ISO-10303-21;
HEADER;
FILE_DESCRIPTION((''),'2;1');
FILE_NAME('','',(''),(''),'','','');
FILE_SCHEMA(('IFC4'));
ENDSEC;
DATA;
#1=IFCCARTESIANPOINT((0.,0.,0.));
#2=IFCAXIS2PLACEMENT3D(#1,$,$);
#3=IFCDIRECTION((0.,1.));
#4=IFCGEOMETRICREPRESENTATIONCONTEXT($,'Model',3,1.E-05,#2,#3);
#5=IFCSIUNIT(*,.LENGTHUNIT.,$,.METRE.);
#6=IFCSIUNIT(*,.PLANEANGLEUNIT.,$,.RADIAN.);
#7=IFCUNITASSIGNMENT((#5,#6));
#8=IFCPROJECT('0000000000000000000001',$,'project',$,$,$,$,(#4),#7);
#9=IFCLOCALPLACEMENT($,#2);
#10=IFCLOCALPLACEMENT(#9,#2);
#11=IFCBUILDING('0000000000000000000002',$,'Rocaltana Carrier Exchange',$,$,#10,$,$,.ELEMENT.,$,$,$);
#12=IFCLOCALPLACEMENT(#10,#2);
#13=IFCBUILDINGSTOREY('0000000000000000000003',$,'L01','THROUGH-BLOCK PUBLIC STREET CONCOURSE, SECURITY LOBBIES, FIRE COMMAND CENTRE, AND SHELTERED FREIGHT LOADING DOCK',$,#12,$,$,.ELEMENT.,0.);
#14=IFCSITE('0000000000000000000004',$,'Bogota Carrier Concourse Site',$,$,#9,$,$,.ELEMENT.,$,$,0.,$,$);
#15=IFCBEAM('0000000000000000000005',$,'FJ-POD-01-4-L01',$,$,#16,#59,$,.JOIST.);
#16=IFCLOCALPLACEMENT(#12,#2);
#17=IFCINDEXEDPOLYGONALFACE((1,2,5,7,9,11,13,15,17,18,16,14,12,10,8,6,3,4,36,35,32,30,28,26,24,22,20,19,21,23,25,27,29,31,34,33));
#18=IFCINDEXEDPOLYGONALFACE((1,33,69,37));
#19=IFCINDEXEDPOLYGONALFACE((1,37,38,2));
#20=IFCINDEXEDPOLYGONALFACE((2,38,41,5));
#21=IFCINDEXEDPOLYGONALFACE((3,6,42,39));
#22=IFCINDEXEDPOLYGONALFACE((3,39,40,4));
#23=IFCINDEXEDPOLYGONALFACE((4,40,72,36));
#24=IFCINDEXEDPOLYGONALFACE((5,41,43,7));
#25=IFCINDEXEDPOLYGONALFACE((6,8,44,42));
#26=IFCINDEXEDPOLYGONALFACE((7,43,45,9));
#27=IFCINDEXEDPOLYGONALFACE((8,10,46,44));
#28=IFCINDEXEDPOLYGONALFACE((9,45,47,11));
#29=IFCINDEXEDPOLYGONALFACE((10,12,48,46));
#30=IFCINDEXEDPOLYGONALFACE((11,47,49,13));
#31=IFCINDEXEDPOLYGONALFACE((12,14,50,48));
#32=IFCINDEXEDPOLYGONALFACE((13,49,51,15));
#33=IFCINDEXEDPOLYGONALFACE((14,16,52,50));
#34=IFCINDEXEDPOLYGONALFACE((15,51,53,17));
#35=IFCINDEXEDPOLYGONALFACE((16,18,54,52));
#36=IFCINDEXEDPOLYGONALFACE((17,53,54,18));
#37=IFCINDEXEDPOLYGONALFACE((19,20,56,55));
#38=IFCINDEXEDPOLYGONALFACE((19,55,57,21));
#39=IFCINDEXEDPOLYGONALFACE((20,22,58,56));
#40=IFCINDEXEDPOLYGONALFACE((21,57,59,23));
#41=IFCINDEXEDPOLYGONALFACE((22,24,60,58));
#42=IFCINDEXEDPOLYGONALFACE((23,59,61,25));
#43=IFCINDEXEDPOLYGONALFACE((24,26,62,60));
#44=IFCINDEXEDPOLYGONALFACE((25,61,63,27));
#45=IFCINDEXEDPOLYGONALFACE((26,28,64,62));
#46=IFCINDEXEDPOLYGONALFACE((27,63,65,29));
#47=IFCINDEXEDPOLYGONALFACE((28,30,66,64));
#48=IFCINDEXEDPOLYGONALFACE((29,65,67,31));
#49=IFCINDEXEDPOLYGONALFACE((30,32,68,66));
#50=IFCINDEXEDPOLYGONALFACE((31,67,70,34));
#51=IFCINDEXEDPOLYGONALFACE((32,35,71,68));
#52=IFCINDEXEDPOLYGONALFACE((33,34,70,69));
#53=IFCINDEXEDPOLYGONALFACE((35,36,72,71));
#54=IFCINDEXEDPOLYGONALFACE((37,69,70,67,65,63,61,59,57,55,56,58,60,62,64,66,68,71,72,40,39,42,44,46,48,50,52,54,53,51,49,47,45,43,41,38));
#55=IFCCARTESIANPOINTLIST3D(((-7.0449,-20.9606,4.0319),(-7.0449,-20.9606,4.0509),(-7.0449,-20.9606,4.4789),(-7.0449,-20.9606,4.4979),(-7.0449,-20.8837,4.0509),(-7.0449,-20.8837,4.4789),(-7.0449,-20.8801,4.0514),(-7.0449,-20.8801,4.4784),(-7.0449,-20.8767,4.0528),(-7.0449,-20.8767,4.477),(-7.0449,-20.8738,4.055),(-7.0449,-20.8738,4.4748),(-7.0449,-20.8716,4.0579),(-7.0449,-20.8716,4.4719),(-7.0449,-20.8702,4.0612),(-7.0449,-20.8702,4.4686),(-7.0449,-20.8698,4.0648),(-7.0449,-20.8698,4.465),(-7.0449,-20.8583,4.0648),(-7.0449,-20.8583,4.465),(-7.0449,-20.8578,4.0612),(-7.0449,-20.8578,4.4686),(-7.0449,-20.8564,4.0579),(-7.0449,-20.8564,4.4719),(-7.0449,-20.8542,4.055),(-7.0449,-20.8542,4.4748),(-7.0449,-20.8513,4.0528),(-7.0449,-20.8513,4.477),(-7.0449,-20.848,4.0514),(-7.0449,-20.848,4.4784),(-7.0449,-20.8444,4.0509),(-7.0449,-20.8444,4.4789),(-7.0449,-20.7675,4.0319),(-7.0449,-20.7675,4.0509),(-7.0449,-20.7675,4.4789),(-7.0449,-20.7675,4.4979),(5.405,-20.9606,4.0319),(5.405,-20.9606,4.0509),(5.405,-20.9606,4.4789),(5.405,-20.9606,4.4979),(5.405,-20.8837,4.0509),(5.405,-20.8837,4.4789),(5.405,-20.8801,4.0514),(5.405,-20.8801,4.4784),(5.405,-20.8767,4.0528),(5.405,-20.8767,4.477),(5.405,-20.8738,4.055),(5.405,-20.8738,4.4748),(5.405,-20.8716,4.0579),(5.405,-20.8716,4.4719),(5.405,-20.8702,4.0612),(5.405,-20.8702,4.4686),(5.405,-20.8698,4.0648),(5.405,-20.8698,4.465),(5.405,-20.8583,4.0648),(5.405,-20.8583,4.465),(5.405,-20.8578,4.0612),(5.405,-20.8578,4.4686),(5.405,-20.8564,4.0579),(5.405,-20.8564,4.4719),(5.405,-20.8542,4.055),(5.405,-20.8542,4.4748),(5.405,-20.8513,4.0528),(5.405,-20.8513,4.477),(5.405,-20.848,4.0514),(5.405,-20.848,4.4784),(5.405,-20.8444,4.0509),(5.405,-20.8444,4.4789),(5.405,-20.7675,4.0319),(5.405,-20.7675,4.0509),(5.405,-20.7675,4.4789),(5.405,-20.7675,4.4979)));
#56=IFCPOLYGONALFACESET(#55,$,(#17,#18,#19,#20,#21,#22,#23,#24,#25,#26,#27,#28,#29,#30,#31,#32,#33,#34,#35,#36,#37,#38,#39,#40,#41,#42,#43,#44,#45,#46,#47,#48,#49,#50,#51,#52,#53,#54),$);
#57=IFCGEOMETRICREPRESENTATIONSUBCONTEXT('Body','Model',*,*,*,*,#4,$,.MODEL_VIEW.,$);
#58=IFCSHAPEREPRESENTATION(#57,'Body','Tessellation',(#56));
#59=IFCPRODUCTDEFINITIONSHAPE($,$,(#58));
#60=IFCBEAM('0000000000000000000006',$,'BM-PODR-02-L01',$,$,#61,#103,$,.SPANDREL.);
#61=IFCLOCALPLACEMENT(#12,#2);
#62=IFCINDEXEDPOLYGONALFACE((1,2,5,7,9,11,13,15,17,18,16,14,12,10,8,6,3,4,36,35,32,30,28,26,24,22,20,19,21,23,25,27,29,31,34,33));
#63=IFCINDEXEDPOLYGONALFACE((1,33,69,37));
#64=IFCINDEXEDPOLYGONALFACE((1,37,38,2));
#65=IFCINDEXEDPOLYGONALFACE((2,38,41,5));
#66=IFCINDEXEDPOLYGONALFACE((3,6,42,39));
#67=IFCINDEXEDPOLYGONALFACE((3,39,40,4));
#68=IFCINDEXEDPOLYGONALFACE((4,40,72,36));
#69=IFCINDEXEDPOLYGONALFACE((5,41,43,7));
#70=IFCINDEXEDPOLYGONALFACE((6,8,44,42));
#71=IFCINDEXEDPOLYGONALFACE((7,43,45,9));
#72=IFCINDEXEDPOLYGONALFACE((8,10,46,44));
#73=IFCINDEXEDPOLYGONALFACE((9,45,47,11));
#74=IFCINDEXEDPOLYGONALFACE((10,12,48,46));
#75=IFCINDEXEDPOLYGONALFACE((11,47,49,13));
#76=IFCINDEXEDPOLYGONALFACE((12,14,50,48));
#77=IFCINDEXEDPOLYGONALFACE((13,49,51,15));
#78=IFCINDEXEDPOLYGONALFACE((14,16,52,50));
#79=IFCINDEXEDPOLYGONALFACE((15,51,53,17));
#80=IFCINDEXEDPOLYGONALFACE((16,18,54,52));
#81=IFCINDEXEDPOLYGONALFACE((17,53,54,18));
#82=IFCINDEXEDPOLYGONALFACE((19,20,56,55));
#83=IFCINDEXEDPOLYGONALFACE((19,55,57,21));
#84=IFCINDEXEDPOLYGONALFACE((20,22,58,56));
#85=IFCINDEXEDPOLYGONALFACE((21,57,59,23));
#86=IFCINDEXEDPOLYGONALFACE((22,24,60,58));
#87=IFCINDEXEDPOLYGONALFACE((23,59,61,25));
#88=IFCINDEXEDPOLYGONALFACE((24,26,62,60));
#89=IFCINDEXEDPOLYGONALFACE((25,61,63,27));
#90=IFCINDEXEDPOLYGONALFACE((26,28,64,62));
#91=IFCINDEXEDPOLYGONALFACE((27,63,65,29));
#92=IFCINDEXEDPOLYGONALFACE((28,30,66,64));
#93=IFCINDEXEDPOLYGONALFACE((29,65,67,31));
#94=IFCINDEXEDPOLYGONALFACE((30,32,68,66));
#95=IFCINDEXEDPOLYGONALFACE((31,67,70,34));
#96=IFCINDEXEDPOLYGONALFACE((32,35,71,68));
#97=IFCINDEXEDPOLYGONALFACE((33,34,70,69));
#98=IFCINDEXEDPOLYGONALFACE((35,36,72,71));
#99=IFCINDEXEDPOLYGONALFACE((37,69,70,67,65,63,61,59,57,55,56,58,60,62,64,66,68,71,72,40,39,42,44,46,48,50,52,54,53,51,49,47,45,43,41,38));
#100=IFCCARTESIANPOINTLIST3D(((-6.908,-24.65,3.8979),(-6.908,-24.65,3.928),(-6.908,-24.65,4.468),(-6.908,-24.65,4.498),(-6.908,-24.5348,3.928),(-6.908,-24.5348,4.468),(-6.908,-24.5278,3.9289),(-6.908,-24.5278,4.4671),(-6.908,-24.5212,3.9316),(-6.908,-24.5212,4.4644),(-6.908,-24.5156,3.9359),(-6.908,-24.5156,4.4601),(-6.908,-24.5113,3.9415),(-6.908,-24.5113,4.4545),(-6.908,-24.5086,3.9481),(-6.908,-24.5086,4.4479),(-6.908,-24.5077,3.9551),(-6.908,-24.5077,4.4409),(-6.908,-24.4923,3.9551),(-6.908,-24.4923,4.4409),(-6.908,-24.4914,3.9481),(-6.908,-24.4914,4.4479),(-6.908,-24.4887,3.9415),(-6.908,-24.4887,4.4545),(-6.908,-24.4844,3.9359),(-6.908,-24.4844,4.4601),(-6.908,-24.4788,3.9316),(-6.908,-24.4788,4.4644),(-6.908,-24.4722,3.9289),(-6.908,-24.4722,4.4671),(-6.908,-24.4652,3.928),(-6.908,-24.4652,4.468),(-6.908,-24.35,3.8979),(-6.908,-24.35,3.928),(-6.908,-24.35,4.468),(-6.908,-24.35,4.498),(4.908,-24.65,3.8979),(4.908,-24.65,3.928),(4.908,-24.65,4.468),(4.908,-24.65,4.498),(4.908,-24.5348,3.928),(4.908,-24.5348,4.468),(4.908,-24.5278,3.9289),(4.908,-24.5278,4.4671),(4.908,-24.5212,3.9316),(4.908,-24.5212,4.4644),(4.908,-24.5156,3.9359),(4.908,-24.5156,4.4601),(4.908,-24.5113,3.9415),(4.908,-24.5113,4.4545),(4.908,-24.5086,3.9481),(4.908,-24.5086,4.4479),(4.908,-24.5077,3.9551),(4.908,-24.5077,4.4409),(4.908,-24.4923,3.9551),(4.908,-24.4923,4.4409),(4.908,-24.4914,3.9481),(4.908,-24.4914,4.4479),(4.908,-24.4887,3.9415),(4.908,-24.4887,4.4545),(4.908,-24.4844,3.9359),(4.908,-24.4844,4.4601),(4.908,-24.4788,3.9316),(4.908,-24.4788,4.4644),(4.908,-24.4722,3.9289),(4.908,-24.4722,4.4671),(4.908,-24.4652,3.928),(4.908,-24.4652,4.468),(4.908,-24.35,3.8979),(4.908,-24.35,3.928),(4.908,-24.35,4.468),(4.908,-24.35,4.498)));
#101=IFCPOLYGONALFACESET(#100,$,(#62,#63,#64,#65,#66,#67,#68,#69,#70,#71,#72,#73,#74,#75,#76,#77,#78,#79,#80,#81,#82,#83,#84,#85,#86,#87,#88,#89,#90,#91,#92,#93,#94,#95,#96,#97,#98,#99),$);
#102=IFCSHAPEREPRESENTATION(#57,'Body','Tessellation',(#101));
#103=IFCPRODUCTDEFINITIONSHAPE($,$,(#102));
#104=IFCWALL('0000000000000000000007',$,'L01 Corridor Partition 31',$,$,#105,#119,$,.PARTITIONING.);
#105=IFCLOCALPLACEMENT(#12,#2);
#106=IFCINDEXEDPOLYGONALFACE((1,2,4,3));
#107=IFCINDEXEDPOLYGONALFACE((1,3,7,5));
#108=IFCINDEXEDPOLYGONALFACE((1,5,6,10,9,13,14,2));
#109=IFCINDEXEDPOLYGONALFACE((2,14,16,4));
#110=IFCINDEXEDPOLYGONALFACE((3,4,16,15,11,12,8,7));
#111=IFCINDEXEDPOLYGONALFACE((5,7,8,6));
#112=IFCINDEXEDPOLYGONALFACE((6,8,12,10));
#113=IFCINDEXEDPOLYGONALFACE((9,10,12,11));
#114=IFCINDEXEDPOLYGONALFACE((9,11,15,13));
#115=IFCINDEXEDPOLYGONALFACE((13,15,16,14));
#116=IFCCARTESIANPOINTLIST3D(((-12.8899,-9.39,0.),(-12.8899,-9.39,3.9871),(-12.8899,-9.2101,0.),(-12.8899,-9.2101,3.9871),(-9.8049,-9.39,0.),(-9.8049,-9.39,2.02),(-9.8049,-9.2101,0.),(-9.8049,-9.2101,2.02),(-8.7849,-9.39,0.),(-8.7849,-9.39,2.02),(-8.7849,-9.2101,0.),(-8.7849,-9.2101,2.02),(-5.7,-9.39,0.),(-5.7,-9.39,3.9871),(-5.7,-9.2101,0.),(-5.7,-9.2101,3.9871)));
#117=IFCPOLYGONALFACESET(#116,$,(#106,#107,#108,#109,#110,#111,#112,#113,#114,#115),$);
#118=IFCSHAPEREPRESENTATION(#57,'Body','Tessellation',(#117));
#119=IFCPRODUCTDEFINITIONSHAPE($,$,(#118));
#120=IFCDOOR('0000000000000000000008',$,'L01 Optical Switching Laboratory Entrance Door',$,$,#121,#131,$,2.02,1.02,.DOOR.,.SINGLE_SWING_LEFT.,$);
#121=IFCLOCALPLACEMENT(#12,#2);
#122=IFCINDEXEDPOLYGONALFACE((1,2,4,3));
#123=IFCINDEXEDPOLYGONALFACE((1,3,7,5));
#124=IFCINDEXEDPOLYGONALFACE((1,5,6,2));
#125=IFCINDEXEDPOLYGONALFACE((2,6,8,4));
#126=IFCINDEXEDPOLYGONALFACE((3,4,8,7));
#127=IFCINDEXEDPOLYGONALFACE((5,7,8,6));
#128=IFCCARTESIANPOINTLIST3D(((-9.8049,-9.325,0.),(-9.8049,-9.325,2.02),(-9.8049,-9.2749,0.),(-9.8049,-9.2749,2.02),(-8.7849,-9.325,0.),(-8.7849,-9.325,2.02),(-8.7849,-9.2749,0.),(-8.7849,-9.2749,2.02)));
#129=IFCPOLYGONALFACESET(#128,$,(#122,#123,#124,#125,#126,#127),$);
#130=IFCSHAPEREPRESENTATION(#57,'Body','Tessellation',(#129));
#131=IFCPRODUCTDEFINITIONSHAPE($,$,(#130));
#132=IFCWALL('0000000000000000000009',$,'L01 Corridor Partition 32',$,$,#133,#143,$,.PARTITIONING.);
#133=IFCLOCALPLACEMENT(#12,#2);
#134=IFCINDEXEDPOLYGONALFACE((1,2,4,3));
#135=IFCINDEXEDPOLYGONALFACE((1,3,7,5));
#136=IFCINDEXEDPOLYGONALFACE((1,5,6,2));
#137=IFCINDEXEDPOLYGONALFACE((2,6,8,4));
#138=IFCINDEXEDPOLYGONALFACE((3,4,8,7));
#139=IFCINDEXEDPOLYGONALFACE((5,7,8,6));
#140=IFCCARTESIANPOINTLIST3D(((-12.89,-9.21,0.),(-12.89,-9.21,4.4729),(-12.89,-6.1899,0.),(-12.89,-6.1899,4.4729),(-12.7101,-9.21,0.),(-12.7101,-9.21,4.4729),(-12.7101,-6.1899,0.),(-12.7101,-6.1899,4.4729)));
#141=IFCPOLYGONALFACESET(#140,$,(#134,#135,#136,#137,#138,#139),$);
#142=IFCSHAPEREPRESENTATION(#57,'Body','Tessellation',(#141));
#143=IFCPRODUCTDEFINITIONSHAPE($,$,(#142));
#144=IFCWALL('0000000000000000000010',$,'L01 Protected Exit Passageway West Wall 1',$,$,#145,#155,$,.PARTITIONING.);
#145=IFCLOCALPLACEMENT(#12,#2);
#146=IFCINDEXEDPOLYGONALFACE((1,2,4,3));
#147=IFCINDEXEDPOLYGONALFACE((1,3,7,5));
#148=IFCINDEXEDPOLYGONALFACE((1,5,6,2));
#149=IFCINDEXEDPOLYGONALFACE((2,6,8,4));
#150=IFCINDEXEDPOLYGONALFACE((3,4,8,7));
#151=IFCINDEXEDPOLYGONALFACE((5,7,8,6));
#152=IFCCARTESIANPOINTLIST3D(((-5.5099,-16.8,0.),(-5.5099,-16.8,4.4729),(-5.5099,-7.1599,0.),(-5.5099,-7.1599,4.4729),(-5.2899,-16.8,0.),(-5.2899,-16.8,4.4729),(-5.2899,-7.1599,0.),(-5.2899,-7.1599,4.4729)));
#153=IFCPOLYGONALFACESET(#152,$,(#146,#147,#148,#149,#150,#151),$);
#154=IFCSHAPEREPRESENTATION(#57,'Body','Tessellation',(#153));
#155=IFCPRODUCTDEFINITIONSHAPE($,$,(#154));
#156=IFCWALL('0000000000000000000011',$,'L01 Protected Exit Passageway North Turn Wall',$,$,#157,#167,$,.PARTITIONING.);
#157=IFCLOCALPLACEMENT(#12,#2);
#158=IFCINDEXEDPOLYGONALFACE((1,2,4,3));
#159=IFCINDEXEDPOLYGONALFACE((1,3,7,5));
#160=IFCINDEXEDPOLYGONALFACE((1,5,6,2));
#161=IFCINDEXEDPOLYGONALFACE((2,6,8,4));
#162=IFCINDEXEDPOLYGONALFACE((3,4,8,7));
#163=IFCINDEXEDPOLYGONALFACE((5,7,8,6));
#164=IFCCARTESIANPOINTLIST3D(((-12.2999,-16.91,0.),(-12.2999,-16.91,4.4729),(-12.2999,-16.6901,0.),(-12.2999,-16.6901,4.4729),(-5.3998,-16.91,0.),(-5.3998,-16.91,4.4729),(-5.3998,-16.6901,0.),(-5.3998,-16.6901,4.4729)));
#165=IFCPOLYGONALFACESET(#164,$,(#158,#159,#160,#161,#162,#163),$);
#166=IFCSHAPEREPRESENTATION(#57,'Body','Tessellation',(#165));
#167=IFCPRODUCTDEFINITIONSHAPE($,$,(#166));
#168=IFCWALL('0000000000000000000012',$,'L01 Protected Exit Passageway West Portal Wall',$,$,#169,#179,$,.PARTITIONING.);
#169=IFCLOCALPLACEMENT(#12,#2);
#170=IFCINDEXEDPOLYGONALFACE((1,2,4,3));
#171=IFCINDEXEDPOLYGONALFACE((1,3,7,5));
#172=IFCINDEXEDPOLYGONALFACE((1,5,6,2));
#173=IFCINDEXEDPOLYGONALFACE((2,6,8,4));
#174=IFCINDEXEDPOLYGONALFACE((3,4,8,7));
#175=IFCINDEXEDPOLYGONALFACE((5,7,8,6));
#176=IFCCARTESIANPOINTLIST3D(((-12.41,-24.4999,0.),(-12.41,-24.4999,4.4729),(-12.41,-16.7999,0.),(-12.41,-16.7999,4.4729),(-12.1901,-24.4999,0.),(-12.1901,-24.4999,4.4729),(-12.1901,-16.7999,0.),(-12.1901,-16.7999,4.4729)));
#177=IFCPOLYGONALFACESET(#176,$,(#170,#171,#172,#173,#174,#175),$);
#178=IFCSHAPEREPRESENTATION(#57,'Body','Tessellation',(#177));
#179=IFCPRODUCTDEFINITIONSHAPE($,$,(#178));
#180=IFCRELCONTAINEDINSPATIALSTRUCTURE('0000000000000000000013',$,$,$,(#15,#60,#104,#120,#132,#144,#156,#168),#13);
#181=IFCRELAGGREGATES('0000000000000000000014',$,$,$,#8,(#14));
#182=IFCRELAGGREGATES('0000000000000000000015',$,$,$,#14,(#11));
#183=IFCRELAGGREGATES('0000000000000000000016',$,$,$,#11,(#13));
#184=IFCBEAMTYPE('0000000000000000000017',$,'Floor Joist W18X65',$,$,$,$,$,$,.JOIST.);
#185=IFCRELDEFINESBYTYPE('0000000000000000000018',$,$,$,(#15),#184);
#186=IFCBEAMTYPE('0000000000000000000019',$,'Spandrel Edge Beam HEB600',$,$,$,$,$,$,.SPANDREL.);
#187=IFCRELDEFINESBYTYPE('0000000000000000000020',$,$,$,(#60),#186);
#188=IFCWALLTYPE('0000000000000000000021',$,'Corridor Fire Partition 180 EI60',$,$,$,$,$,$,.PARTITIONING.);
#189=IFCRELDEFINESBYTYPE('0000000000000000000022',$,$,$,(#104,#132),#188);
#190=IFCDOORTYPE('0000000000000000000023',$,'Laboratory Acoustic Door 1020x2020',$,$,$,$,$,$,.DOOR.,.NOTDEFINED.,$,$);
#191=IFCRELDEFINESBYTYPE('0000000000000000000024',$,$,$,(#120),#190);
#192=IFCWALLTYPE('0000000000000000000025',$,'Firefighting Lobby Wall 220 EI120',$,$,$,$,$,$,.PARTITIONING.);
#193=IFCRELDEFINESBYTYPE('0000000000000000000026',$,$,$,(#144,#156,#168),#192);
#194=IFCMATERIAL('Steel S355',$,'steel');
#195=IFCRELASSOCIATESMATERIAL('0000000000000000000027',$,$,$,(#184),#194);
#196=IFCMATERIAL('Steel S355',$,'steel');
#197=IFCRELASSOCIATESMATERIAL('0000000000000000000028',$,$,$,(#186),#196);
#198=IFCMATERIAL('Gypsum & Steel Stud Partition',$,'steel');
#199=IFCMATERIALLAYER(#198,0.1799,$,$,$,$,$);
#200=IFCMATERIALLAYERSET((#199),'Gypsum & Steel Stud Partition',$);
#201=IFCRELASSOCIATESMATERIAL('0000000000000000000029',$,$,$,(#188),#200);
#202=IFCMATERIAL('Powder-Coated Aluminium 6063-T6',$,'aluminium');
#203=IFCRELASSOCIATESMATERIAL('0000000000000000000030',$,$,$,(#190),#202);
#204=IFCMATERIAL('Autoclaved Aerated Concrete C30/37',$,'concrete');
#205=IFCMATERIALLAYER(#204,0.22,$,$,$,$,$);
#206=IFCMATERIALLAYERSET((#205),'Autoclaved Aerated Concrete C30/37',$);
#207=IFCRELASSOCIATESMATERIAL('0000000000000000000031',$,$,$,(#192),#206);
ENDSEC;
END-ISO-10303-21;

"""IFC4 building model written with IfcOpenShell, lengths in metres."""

from ifc_helpers import new_model, si_unit, direction, frame, frame_2d, origin, origin_2d, place, context, subcontext, project, spatial, rectangle, i_section, extrude, material, layer, layer_set, material_profile, profile_set, type_object, element, fill, save


model = new_model("IFC4")

# Units and contexts
model_context = context("Model", 3, precision=1e-05, world=origin(), true_north=direction((0.0, 1.0)))
body_context = subcontext(model_context, "Body", "Model", "MODEL_VIEW")
ifc_project = project(units=[si_unit("LENGTHUNIT", "METRE"), si_unit("PLANEANGLEUNIT", "RADIAN")], contexts=[model_context])

# Site, building, storey
site_placement = place(None, origin())
site = spatial("IfcSite", under=ifc_project, at=site_placement, Name="Bogota Carrier Concourse Site", CompositionType="ELEMENT", RefElevation=0.0)
building_placement = place(site_placement, origin())
building = spatial("IfcBuilding", under=site, at=building_placement, Name="Rocaltana Carrier Exchange", CompositionType="ELEMENT")
storey_placement = place(building_placement, origin())
storey = spatial("IfcBuildingStorey", under=building, at=storey_placement, Name="L01", Description="THROUGH-BLOCK PUBLIC STREET CONCOURSE, SECURITY LOBBIES, FIRE COMMAND CENTRE, AND SHELTERED FREIGHT LOADING DOCK", CompositionType="ELEMENT", Elevation=0.0)

# Beams
ifc_material_1 = material(Name="Steel S355", Category="steel")
ifc_material_profile_1 = material_profile(ifc_material_1, i_section(OverallWidth=0.1931, OverallDepth=0.4661, WebThickness=0.0115, FlangeThickness=0.019, FilletRadius=0.0139, at=origin_2d()), Name="W18X65")
ifc_profile_set_1 = profile_set([ifc_material_profile_1], Name="Steel S355")
beam_type_1 = type_object("IfcBeamType", Name="Floor Joist W18X65", PredefinedType="JOIST", material=ifc_profile_set_1)
beam_1_placement = place(storey_placement, frame((-7.0449, -20.864, 4.2649), z_axis=(1.0, 0.0, 0.0), x_axis=(0.0, 1.0, 0.0)))
element("IfcBeam", 1, at=beam_1_placement, inside=storey, type_object=beam_type_1, Name="FJ-POD-01-4-L01", PredefinedType="JOIST", context=body_context, shape_type="SweptSolid", body=[
    extrude(i_section(OverallWidth=0.1931, OverallDepth=0.4661, WebThickness=0.0115, FlangeThickness=0.019, FilletRadius=0.0139, at=origin_2d()), origin(), (0.0, 0.0, 1.0), 12.45),
])
ifc_material_2 = material(Name="Steel S355", Category="steel")
ifc_material_profile_2 = material_profile(ifc_material_2, i_section(OverallWidth=0.3, OverallDepth=0.6001, WebThickness=0.0154, FlangeThickness=0.03, FilletRadius=0.0271, at=origin_2d()), Name="HEB600")
ifc_profile_set_2 = profile_set([ifc_material_profile_2], Name="Steel S355")
beam_type_2 = type_object("IfcBeamType", Name="Spandrel Edge Beam HEB600", PredefinedType="SPANDREL", material=ifc_profile_set_2)
beam_2_placement = place(storey_placement, frame((-6.908, -24.5, 4.198), z_axis=(1.0, 0.0, 0.0), x_axis=(0.0, 1.0, 0.0)))
element("IfcBeam", 2, at=beam_2_placement, inside=storey, type_object=beam_type_2, Name="BM-PODR-02-L01", PredefinedType="SPANDREL", context=body_context, shape_type="SweptSolid", body=[
    extrude(i_section(OverallWidth=0.3, OverallDepth=0.6001, WebThickness=0.0154, FlangeThickness=0.03, FilletRadius=0.0271, at=origin_2d()), origin(), (0.0, 0.0, 1.0), 11.8159),
])

# Wall, opening, door
ifc_material_3 = material(Name="Gypsum & Steel Stud Partition", Category="steel")
ifc_layer_1 = layer(ifc_material_3, 0.1799)
ifc_layer_set_1 = layer_set([ifc_layer_1], Name="Gypsum & Steel Stud Partition")
wall_type_1 = type_object("IfcWallType", Name="Corridor Fire Partition 180 EI60", PredefinedType="PARTITIONING", material=ifc_layer_set_1)
wall_1_placement = place(storey_placement, frame((-5.7, -9.3, 0.0), z_axis=(0.0, 0.0, 1.0), x_axis=(-1.0, 0.0, 0.0)))
wall_1 = element("IfcWall", 3, at=wall_1_placement, inside=storey, type_object=wall_type_1, Name="L01 Corridor Partition 31", PredefinedType="PARTITIONING", context=body_context, shape_type="SweptSolid", body=[
    extrude(rectangle(XDim=7.1899, YDim=0.1799, at=frame_2d((3.595, 0.0))), origin(), (0.0, 0.0, 1.0), 3.9871),
])
opening_1_placement = place(wall_1_placement, frame((3.085, 0.0, 0.0)))
opening_1 = element("IfcOpeningElement", 4, at=opening_1_placement, cuts=wall_1, PredefinedType="OPENING", context=body_context, shape_type="SweptSolid", body=[
    extrude(rectangle(XDim=1.02, YDim=2.02, at=frame_2d((0.51, 1.01))), frame((0.0, 0.0999, 0.0), z_axis=(0.0, -1.0, 0.0), x_axis=(1.0, 0.0, 0.0)), (0.0, 0.0, 1.0), 0.2),
])
ifc_material_4 = material(Name="Powder-Coated Aluminium 6063-T6", Category="aluminium")
door_type_1 = type_object("IfcDoorType", Name="Laboratory Acoustic Door 1020x2020", OperationType="NOTDEFINED", PredefinedType="DOOR", material=ifc_material_4)
door_1_placement = place(opening_1_placement, origin())
door_1 = element("IfcDoor", 5, at=door_1_placement, inside=storey, type_object=door_type_1, Name="L01 Optical Switching Laboratory Entrance Door", OperationType="SINGLE_SWING_LEFT", OverallHeight=2.02, OverallWidth=1.02, PredefinedType="DOOR", context=body_context, shape_type="SweptSolid", body=[
    extrude(rectangle(XDim=1.02, YDim=2.02, at=frame_2d((0.51, 1.01))), frame((0.0, 0.0249, 0.0), z_axis=(0.0, -1.0, 0.0), x_axis=(1.0, 0.0, 0.0)), (0.0, 0.0, 1.0), 0.05),
])
fill(opening_1, door_1)

# Walls
wall_2_placement = place(storey_placement, frame((-12.8, -9.21, 0.0), z_axis=(0.0, 0.0, 1.0), x_axis=(0.0, 1.0, 0.0)))
element("IfcWall", 6, at=wall_2_placement, inside=storey, type_object=wall_type_1, Name="L01 Corridor Partition 32", PredefinedType="PARTITIONING", context=body_context, shape_type="SweptSolid", body=[
    extrude(rectangle(XDim=3.02, YDim=0.1799, at=frame_2d((1.51, 0.0))), origin(), (0.0, 0.0, 1.0), 4.4729),
])
ifc_material_5 = material(Name="Autoclaved Aerated Concrete C30/37", Category="concrete")
ifc_layer_2 = layer(ifc_material_5, 0.22)
ifc_layer_set_2 = layer_set([ifc_layer_2], Name="Autoclaved Aerated Concrete C30/37")
wall_type_2 = type_object("IfcWallType", Name="Firefighting Lobby Wall 220 EI120", PredefinedType="PARTITIONING", material=ifc_layer_set_2)
wall_3_placement = place(storey_placement, frame((-5.3999, -16.8, 0.0), z_axis=(0.0, 0.0, 1.0), x_axis=(0.0, 1.0, 0.0)))
element("IfcWall", 7, at=wall_3_placement, inside=storey, type_object=wall_type_2, Name="L01 Protected Exit Passageway West Wall 1", PredefinedType="PARTITIONING", context=body_context, shape_type="SweptSolid", body=[
    extrude(rectangle(XDim=9.6401, YDim=0.22, at=frame_2d((4.8201, 0.0))), origin(), (0.0, 0.0, 1.0), 4.4729),
])
wall_4_placement = place(storey_placement, frame((-12.3, -16.8, 0.0), z_axis=(0.0, 0.0, 1.0), x_axis=(1.0, 0.0, 0.0)))
element("IfcWall", 8, at=wall_4_placement, inside=storey, type_object=wall_type_2, Name="L01 Protected Exit Passageway North Turn Wall", PredefinedType="PARTITIONING", context=body_context, shape_type="SweptSolid", body=[
    extrude(rectangle(XDim=6.9001, YDim=0.22, at=frame_2d((3.4502, 0.0))), origin(), (0.0, 0.0, 1.0), 4.4729),
])
wall_5_placement = place(storey_placement, frame((-12.3, -24.5, 0.0), z_axis=(0.0, 0.0, 1.0), x_axis=(0.0, 1.0, 0.0)))
element("IfcWall", 9, at=wall_5_placement, inside=storey, type_object=wall_type_2, Name="L01 Protected Exit Passageway West Portal Wall", PredefinedType="PARTITIONING", context=body_context, shape_type="SweptSolid", body=[
    extrude(rectangle(XDim=7.7, YDim=0.22, at=frame_2d((3.8501, 0.0))), origin(), (0.0, 0.0, 1.0), 4.4729),
])

save(model, "model.ifc")
